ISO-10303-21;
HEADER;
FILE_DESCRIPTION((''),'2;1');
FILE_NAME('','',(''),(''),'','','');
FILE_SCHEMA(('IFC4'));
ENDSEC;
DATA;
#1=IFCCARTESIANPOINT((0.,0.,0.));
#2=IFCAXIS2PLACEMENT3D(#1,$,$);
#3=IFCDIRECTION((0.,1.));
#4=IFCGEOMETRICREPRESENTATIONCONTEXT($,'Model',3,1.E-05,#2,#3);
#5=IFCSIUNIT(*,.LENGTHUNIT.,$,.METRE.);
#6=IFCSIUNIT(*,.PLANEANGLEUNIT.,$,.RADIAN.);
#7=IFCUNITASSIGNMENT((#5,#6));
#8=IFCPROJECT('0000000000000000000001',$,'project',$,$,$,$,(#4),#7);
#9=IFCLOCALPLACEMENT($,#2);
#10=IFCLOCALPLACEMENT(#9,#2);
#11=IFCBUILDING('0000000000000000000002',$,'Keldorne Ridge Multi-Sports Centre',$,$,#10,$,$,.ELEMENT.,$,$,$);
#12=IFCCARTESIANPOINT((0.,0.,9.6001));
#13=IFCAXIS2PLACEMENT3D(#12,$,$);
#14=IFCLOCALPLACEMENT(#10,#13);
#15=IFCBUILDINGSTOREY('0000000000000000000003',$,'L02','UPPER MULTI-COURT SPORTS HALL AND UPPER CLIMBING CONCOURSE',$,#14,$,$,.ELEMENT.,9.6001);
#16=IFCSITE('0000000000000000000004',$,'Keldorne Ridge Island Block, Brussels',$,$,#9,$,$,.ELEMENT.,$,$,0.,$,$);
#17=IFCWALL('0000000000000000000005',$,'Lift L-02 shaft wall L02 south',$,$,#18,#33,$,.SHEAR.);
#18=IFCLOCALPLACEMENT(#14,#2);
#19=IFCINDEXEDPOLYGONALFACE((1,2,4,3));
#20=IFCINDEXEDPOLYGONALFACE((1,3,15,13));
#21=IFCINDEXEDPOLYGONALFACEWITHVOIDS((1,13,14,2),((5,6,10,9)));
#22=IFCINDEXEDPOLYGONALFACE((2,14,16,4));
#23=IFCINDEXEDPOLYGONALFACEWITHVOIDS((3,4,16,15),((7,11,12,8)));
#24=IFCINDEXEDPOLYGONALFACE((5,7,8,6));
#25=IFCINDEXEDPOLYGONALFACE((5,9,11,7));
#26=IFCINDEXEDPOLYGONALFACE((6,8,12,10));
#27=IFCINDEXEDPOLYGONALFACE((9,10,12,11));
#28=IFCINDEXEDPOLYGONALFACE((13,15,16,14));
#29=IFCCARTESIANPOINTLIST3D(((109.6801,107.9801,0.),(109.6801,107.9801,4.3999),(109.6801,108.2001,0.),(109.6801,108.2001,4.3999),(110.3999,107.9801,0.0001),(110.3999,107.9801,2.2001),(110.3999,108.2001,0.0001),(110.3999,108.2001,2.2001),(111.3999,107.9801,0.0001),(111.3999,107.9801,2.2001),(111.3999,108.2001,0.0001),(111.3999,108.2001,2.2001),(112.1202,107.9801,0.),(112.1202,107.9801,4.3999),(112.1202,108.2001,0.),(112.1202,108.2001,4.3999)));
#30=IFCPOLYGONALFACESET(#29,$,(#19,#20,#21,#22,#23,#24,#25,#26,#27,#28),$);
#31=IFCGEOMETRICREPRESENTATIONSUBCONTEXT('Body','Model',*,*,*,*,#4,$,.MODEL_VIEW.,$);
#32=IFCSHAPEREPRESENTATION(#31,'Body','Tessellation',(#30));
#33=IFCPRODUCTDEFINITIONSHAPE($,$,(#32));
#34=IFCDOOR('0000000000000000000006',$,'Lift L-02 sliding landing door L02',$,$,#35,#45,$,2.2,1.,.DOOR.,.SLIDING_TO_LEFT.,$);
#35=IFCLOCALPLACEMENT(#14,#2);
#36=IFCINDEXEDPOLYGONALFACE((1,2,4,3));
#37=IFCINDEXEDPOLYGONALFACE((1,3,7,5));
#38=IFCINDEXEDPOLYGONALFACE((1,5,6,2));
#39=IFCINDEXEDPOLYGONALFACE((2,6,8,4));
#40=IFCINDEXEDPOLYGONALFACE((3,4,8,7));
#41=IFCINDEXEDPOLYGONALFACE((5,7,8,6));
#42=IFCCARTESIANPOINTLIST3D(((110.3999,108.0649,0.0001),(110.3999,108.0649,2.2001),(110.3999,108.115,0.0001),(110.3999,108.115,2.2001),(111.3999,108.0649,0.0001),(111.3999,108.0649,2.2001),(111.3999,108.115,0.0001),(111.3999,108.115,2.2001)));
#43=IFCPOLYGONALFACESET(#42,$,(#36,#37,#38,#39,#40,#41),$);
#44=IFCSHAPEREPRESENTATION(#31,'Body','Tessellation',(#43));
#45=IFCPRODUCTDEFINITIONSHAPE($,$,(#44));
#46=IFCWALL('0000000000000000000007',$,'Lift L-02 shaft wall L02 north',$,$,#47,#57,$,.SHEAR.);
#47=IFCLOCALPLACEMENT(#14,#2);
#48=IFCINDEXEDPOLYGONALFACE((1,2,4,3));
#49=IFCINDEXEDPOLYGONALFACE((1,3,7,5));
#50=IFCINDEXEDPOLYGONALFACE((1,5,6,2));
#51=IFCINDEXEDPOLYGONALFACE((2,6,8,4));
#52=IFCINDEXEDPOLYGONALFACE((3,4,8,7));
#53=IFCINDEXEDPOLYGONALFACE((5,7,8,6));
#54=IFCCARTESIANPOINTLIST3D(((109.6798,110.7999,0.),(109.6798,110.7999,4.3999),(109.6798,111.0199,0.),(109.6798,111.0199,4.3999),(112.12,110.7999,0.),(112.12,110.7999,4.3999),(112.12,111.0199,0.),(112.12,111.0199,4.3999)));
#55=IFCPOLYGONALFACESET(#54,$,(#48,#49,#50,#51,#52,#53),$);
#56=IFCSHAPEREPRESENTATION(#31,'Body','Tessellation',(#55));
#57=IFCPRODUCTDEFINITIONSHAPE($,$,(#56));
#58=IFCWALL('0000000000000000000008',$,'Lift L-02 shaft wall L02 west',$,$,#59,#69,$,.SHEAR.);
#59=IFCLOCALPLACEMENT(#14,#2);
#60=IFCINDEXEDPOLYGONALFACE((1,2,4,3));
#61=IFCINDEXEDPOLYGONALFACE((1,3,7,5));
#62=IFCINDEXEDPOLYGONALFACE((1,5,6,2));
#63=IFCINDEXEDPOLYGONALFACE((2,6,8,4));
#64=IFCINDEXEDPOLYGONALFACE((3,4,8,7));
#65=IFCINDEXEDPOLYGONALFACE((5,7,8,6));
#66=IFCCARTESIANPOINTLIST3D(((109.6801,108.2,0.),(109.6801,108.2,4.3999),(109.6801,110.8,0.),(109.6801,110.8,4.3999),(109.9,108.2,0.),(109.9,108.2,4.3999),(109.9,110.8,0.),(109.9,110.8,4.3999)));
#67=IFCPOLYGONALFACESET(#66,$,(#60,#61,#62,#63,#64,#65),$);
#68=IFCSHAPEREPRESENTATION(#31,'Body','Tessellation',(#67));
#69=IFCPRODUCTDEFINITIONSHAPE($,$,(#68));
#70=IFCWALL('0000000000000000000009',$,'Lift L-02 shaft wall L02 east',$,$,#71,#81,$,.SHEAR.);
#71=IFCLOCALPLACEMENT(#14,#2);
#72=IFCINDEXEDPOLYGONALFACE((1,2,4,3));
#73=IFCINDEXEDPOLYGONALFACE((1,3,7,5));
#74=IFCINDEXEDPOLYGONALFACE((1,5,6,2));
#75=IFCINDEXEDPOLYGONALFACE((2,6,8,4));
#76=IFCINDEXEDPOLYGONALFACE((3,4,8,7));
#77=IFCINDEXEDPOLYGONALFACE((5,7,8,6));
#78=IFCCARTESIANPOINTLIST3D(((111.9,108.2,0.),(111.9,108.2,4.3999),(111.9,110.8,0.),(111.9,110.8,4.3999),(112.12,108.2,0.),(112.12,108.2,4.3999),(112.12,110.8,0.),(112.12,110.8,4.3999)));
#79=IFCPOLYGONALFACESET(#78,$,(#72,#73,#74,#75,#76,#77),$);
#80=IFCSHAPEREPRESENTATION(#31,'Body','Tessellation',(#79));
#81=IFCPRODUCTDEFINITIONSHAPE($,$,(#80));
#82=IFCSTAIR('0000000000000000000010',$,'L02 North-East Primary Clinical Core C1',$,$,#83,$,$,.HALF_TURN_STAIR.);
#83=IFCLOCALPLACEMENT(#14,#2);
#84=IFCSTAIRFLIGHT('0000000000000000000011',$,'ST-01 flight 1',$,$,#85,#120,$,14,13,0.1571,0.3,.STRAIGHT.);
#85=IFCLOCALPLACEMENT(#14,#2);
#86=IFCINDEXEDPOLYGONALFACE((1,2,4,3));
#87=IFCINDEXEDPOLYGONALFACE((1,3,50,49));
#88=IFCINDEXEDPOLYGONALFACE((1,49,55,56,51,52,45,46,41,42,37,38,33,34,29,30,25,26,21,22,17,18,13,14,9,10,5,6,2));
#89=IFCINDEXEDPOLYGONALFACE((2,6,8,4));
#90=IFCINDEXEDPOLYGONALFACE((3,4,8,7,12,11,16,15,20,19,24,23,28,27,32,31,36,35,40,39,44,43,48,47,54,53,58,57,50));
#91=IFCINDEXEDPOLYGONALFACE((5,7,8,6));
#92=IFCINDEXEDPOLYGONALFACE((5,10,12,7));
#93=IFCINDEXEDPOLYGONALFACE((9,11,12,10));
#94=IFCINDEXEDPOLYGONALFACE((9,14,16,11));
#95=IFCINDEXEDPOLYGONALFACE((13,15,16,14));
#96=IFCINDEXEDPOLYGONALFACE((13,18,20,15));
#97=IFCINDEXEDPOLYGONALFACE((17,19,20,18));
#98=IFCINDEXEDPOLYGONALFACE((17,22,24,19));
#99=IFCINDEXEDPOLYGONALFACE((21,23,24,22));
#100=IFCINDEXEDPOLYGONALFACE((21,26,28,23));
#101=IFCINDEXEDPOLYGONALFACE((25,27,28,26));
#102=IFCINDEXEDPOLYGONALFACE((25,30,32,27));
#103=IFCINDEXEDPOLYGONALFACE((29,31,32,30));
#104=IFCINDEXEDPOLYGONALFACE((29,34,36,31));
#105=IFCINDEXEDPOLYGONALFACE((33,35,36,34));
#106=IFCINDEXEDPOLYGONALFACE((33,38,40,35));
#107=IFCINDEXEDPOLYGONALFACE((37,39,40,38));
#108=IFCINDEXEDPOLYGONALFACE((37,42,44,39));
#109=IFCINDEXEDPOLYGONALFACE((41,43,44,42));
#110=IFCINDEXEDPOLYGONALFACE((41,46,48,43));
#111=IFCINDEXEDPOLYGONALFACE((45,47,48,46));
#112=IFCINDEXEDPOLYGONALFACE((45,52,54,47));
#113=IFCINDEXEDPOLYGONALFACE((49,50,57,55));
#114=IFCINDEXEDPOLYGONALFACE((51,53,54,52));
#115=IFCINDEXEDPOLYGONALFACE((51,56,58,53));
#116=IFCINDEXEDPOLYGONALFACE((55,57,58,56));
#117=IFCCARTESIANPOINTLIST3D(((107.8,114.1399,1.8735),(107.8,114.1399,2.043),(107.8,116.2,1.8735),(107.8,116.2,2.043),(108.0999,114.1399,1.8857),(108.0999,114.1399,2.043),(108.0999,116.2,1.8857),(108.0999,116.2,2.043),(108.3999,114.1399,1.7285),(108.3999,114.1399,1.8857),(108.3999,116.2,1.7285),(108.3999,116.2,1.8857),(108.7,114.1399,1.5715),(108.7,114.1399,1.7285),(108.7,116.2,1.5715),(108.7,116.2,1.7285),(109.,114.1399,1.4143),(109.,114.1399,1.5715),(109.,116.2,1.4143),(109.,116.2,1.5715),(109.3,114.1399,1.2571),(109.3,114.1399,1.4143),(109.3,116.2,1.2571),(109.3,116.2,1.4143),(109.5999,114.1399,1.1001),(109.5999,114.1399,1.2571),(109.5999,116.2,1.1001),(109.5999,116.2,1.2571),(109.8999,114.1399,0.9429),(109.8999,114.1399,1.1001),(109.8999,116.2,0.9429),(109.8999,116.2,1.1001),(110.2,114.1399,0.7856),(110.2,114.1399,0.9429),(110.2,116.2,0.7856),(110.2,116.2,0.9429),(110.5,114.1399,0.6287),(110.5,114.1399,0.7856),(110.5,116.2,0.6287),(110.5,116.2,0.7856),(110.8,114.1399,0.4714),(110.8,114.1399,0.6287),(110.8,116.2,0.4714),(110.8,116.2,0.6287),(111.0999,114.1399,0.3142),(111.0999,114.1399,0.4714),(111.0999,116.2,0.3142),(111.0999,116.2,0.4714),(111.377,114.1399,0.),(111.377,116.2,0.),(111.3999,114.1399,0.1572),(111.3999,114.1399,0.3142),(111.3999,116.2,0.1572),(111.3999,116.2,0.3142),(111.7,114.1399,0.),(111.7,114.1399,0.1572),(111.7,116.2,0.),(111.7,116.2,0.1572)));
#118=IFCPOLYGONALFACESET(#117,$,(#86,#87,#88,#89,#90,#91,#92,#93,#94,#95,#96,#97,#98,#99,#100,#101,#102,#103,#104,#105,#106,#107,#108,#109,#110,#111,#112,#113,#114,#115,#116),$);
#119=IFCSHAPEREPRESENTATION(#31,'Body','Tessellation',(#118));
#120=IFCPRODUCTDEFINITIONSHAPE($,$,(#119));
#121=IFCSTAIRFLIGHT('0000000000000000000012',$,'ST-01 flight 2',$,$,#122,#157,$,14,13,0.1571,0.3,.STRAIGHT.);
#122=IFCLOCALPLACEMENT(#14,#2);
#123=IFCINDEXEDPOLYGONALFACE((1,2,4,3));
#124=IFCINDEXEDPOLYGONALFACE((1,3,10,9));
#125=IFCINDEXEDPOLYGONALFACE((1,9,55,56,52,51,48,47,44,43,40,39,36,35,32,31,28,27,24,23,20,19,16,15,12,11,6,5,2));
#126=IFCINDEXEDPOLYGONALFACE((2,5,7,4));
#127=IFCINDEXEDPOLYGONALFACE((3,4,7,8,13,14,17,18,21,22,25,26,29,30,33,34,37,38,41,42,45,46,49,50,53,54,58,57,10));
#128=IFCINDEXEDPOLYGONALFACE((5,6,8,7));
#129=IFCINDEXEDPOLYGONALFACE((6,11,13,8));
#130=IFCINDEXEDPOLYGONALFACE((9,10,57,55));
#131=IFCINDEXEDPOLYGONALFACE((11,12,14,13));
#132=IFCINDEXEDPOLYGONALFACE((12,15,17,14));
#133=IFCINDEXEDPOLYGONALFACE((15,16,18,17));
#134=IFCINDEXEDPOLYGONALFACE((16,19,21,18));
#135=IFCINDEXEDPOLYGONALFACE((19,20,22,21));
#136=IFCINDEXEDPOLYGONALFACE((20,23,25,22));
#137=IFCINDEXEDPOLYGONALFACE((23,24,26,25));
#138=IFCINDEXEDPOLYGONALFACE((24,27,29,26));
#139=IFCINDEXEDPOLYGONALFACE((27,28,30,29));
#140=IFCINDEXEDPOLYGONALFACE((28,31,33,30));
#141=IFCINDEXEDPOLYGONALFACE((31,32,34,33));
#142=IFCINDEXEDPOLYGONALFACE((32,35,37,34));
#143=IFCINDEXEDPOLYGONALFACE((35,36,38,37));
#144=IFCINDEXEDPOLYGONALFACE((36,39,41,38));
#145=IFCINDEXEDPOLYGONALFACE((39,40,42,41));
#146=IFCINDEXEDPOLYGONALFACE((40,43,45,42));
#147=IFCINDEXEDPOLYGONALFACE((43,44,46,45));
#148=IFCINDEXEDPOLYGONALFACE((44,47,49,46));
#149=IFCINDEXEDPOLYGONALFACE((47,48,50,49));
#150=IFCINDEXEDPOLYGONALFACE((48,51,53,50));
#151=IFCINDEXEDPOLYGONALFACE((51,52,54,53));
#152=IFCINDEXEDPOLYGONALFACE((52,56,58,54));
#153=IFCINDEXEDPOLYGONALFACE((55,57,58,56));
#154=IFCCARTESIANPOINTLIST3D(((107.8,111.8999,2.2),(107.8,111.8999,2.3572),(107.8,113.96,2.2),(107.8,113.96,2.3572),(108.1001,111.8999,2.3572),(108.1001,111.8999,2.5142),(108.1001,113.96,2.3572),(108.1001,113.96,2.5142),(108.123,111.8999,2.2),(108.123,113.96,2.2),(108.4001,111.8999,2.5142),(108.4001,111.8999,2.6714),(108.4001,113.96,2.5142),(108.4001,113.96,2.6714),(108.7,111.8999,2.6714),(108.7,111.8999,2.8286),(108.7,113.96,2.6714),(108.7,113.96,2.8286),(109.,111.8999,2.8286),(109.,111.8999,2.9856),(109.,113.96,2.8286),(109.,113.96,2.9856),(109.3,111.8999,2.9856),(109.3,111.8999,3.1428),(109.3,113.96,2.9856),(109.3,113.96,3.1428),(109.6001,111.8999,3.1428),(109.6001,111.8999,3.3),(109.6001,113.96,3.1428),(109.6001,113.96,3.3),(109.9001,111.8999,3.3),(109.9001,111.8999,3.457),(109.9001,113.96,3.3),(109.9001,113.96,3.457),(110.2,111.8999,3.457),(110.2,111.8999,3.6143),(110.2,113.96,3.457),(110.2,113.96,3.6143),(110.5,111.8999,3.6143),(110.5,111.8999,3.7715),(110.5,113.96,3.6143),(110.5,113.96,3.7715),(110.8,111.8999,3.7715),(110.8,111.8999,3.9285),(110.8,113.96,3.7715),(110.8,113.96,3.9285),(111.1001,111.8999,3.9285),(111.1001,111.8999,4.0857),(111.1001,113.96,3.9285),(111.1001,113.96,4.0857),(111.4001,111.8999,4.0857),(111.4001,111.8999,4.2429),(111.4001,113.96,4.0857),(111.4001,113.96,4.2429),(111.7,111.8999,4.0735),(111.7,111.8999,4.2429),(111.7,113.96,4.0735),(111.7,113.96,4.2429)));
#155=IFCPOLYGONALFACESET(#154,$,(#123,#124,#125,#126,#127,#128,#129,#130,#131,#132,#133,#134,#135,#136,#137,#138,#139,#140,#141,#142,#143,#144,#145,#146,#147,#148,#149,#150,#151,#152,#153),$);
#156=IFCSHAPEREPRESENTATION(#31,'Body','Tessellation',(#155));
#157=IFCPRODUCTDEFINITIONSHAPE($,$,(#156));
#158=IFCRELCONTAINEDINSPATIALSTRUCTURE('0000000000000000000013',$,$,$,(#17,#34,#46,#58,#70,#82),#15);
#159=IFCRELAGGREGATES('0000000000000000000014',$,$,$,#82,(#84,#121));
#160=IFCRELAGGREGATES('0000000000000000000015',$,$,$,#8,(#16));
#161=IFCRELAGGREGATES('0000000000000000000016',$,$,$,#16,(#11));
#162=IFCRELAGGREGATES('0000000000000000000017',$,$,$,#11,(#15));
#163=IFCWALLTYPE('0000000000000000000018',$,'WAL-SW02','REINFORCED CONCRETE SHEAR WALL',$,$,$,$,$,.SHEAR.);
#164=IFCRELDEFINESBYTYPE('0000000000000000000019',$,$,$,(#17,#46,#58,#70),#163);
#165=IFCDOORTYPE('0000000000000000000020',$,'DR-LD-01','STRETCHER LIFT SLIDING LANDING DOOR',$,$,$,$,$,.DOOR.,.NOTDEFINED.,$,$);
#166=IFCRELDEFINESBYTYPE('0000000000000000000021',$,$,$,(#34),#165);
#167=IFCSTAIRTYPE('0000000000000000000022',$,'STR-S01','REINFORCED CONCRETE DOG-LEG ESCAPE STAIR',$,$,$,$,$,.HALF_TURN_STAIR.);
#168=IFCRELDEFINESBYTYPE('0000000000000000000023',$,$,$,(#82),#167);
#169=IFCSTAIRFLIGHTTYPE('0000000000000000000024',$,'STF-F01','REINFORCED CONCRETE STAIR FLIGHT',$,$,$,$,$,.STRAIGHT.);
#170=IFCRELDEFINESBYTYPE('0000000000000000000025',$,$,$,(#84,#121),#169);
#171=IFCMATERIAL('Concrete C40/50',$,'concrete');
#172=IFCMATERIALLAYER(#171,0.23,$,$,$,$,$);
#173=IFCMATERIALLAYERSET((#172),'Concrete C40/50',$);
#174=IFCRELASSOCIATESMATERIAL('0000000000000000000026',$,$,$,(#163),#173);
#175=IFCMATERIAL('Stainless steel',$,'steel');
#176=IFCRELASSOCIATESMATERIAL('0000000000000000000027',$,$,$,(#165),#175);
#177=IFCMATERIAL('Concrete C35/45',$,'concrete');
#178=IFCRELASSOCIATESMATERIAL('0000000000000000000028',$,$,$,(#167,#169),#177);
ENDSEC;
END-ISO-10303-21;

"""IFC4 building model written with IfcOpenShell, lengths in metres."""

from ifc_helpers import new_model, si_unit, direction, frame, frame_2d, origin, place, context, subcontext, project, spatial, polyline, rectangle, outline, extrude, material, layer, layer_set, type_object, element, fill, aggregate, save


model = new_model("IFC4")

# Units and contexts
model_context = context("Model", 3, precision=1e-05, world=origin(), true_north=direction((0.0, 1.0)))
body_context = subcontext(model_context, "Body", "Model", "MODEL_VIEW")
ifc_project = project(units=[si_unit("LENGTHUNIT", "METRE"), si_unit("PLANEANGLEUNIT", "RADIAN")], contexts=[model_context])

# Site, building, storey
site_placement = place(None, origin())
site = spatial("IfcSite", under=ifc_project, at=site_placement, Name="Keldorne Ridge Island Block, Brussels", CompositionType="ELEMENT", RefElevation=0.0)
building_placement = place(site_placement, origin())
building = spatial("IfcBuilding", under=site, at=building_placement, Name="Keldorne Ridge Multi-Sports Centre", CompositionType="ELEMENT")
storey_placement = place(building_placement, frame((0.0, 0.0, 9.6001)))
storey = spatial("IfcBuildingStorey", under=building, at=storey_placement, Name="L02", Description="UPPER MULTI-COURT SPORTS HALL AND UPPER CLIMBING CONCOURSE", CompositionType="ELEMENT", Elevation=9.6001)

# Shared definitions
ifc_material_1 = material(Name="Concrete C40/50", Category="concrete")
ifc_layer_1 = layer(ifc_material_1, 0.23)
ifc_layer_set_1 = layer_set([ifc_layer_1], Name="Concrete C40/50")
wall_type_1 = type_object("IfcWallType", Name="WAL-SW02", Description="REINFORCED CONCRETE SHEAR WALL", PredefinedType="SHEAR", material=ifc_layer_set_1)

# Wall, opening, door
wall_1_placement = place(storey_placement, frame((109.6799, 108.0901, 0.0), z_axis=(0.0, 0.0, 1.0), x_axis=(1.0, 0.0, 0.0)))
wall_1 = element("IfcWall", 1, at=wall_1_placement, inside=storey, type_object=wall_type_1, Name="Lift L-02 shaft wall L02 south", PredefinedType="SHEAR", context=body_context, shape_type="SweptSolid", body=[
    extrude(rectangle(XDim=2.4402, YDim=0.22, at=frame_2d((1.2202, 0.0))), origin(), (0.0, 0.0, 1.0), 4.3999),
])
opening_placement = place(wall_1_placement, frame((0.72, 0.0, 0.0)))
opening = element("IfcOpeningElement", 2, at=opening_placement, cuts=wall_1, PredefinedType="OPENING", context=body_context, shape_type="SweptSolid", body=[
    extrude(rectangle(XDim=1.0, YDim=2.2, at=frame_2d((0.5, 1.1001))), frame((0.0, 0.1201, 0.0), z_axis=(0.0, -1.0, 0.0), x_axis=(1.0, 0.0, 0.0)), (0.0, 0.0, 1.0), 0.24),
])
ifc_material_2 = material(Name="Stainless steel", Category="steel")
door_type = type_object("IfcDoorType", Name="DR-LD-01", Description="STRETCHER LIFT SLIDING LANDING DOOR", OperationType="NOTDEFINED", PredefinedType="DOOR", material=ifc_material_2)
door_placement = place(opening_placement, origin())
door = element("IfcDoor", 3, at=door_placement, inside=storey, type_object=door_type, Name="Lift L-02 sliding landing door L02", OperationType="SLIDING_TO_LEFT", OverallHeight=2.2, OverallWidth=1.0, PredefinedType="DOOR", context=body_context, shape_type="SweptSolid", body=[
    extrude(rectangle(XDim=1.0, YDim=2.2, at=frame_2d((0.5, 1.1001))), frame((0.0, 0.0249, 0.0), z_axis=(0.0, -1.0, 0.0), x_axis=(1.0, 0.0, 0.0)), (0.0, 0.0, 1.0), 0.05),
])
fill(opening, door)

# Walls
wall_2_placement = place(storey_placement, frame((112.1201, 110.9099, 0.0), z_axis=(0.0, 0.0, 1.0), x_axis=(-1.0, 0.0, 0.0)))
element("IfcWall", 4, at=wall_2_placement, inside=storey, type_object=wall_type_1, Name="Lift L-02 shaft wall L02 north", PredefinedType="SHEAR", context=body_context, shape_type="SweptSolid", body=[
    extrude(rectangle(XDim=2.4402, YDim=0.22, at=frame_2d((1.2202, 0.0))), origin(), (0.0, 0.0, 1.0), 4.3999),
])
for number, where, z_axis, x_axis, name in (
    (5, (109.79, 110.8, 0.0), (0.0, 0.0, 1.0), (0.0, -1.0, 0.0), "Lift L-02 shaft wall L02 west"),
    (6, (112.01, 108.2, 0.0), (0.0, 0.0, 1.0), (0.0, 1.0, 0.0), "Lift L-02 shaft wall L02 east"),
):
    element("IfcWall", number, at=place(storey_placement, frame(where, z_axis=z_axis, x_axis=x_axis)), inside=storey, type_object=wall_type_1, Name=name, PredefinedType="SHEAR", context=body_context, shape_type="SweptSolid", body=[
        extrude(rectangle(XDim=2.6001, YDim=0.22, at=frame_2d((1.3, 0.0))), origin(), (0.0, 0.0, 1.0), 4.3999),
    ])

# Stair, stair flights
ifc_material_3 = material(Name="Concrete C35/45", Category="concrete")
stair_type = type_object("IfcStairType", Name="STR-S01", Description="REINFORCED CONCRETE DOG-LEG ESCAPE STAIR", PredefinedType="HALF_TURN_STAIR", material=ifc_material_3)
stair_1_placement = place(storey_placement, origin())
stair_1 = element("IfcStair", 7, at=stair_1_placement, inside=storey, type_object=stair_type, Name="L02 North-East Primary Clinical Core C1", PredefinedType="HALF_TURN_STAIR")
stair_flight_type = type_object("IfcStairFlightType", Name="STF-F01", Description="REINFORCED CONCRETE STAIR FLIGHT", PredefinedType="STRAIGHT", material=ifc_material_3)
stair_flight_1_placement = place(storey_placement, frame((111.7, 115.1699, 0.0), z_axis=(0.0, 0.0, 1.0), x_axis=(-1.0, 0.0, 0.0)))
stair_flight_1 = element("IfcStairFlight", 8, at=stair_flight_1_placement, type_object=stair_flight_type, Name="ST-01 flight 1", NumberOfRisers=14, NumberOfTreads=13, PredefinedType="STRAIGHT", RiserHeight=0.1571, TreadLength=0.3, context=body_context, shape_type="SweptSolid", body=[
    extrude(outline(polyline([(0.0, 0.0), (0.0, 0.1572), (0.3, 0.1572), (0.3, 0.3142), (0.6001, 0.3142), (0.6001, 0.4714), (0.8999, 0.4714), (0.8999, 0.6287), (1.2, 0.6287), (1.2, 0.7856), (1.5, 0.7856), (1.5, 0.9429), (1.8, 0.9429), (1.8, 1.1001), (2.1001, 1.1001), (2.1001, 1.2571), (2.3999, 1.2571), (2.3999, 1.4143), (2.7, 1.4143), (2.7, 1.5715), (3.0, 1.5715), (3.0, 1.7285), (3.3, 1.7285), (3.3, 1.8857), (3.6001, 1.8857), (3.6001, 2.043), (3.8999, 2.043), (3.8999, 2.2), (3.8999, 1.8735), (0.323, 0.0), (0.0, 0.0)])), frame((0.0, 1.03, 0.0), z_axis=(0.0, -1.0, 0.0), x_axis=(1.0, 0.0, 0.0)), (0.0, 0.0, 1.0), 2.0601),
])
stair_flight_2_placement = place(storey_placement, frame((107.8, 112.9299, 2.2), z_axis=(0.0, 0.0, 1.0), x_axis=(1.0, 0.0, 0.0)))
stair_flight_2 = element("IfcStairFlight", 9, at=stair_flight_2_placement, type_object=stair_flight_type, Name="ST-01 flight 2", NumberOfRisers=14, NumberOfTreads=13, PredefinedType="STRAIGHT", RiserHeight=0.1571, TreadLength=0.3, context=body_context, shape_type="SweptSolid", body=[
    extrude(outline(polyline([(0.0, 0.0), (0.0, 0.1572), (0.3, 0.1572), (0.3, 0.3142), (0.6001, 0.3142), (0.6001, 0.4714), (0.8999, 0.4714), (0.8999, 0.6287), (1.2, 0.6287), (1.2, 0.7856), (1.5, 0.7856), (1.5, 0.9429), (1.8, 0.9429), (1.8, 1.1001), (2.1001, 1.1001), (2.1001, 1.2571), (2.3999, 1.2571), (2.3999, 1.4143), (2.7, 1.4143), (2.7, 1.5715), (3.0, 1.5715), (3.0, 1.7285), (3.3, 1.7285), (3.3, 1.8857), (3.6001, 1.8857), (3.6001, 2.043), (3.8999, 2.043), (3.8999, 2.2), (3.8999, 1.8735), (0.323, 0.0), (0.0, 0.0)])), frame((0.0, 1.03, 0.0), z_axis=(0.0, -1.0, 0.0), x_axis=(1.0, 0.0, 0.0)), (0.0, 0.0, 1.0), 2.0601),
])
aggregate(stair_1, [stair_flight_1, stair_flight_2])

save(model, "model.ifc")
